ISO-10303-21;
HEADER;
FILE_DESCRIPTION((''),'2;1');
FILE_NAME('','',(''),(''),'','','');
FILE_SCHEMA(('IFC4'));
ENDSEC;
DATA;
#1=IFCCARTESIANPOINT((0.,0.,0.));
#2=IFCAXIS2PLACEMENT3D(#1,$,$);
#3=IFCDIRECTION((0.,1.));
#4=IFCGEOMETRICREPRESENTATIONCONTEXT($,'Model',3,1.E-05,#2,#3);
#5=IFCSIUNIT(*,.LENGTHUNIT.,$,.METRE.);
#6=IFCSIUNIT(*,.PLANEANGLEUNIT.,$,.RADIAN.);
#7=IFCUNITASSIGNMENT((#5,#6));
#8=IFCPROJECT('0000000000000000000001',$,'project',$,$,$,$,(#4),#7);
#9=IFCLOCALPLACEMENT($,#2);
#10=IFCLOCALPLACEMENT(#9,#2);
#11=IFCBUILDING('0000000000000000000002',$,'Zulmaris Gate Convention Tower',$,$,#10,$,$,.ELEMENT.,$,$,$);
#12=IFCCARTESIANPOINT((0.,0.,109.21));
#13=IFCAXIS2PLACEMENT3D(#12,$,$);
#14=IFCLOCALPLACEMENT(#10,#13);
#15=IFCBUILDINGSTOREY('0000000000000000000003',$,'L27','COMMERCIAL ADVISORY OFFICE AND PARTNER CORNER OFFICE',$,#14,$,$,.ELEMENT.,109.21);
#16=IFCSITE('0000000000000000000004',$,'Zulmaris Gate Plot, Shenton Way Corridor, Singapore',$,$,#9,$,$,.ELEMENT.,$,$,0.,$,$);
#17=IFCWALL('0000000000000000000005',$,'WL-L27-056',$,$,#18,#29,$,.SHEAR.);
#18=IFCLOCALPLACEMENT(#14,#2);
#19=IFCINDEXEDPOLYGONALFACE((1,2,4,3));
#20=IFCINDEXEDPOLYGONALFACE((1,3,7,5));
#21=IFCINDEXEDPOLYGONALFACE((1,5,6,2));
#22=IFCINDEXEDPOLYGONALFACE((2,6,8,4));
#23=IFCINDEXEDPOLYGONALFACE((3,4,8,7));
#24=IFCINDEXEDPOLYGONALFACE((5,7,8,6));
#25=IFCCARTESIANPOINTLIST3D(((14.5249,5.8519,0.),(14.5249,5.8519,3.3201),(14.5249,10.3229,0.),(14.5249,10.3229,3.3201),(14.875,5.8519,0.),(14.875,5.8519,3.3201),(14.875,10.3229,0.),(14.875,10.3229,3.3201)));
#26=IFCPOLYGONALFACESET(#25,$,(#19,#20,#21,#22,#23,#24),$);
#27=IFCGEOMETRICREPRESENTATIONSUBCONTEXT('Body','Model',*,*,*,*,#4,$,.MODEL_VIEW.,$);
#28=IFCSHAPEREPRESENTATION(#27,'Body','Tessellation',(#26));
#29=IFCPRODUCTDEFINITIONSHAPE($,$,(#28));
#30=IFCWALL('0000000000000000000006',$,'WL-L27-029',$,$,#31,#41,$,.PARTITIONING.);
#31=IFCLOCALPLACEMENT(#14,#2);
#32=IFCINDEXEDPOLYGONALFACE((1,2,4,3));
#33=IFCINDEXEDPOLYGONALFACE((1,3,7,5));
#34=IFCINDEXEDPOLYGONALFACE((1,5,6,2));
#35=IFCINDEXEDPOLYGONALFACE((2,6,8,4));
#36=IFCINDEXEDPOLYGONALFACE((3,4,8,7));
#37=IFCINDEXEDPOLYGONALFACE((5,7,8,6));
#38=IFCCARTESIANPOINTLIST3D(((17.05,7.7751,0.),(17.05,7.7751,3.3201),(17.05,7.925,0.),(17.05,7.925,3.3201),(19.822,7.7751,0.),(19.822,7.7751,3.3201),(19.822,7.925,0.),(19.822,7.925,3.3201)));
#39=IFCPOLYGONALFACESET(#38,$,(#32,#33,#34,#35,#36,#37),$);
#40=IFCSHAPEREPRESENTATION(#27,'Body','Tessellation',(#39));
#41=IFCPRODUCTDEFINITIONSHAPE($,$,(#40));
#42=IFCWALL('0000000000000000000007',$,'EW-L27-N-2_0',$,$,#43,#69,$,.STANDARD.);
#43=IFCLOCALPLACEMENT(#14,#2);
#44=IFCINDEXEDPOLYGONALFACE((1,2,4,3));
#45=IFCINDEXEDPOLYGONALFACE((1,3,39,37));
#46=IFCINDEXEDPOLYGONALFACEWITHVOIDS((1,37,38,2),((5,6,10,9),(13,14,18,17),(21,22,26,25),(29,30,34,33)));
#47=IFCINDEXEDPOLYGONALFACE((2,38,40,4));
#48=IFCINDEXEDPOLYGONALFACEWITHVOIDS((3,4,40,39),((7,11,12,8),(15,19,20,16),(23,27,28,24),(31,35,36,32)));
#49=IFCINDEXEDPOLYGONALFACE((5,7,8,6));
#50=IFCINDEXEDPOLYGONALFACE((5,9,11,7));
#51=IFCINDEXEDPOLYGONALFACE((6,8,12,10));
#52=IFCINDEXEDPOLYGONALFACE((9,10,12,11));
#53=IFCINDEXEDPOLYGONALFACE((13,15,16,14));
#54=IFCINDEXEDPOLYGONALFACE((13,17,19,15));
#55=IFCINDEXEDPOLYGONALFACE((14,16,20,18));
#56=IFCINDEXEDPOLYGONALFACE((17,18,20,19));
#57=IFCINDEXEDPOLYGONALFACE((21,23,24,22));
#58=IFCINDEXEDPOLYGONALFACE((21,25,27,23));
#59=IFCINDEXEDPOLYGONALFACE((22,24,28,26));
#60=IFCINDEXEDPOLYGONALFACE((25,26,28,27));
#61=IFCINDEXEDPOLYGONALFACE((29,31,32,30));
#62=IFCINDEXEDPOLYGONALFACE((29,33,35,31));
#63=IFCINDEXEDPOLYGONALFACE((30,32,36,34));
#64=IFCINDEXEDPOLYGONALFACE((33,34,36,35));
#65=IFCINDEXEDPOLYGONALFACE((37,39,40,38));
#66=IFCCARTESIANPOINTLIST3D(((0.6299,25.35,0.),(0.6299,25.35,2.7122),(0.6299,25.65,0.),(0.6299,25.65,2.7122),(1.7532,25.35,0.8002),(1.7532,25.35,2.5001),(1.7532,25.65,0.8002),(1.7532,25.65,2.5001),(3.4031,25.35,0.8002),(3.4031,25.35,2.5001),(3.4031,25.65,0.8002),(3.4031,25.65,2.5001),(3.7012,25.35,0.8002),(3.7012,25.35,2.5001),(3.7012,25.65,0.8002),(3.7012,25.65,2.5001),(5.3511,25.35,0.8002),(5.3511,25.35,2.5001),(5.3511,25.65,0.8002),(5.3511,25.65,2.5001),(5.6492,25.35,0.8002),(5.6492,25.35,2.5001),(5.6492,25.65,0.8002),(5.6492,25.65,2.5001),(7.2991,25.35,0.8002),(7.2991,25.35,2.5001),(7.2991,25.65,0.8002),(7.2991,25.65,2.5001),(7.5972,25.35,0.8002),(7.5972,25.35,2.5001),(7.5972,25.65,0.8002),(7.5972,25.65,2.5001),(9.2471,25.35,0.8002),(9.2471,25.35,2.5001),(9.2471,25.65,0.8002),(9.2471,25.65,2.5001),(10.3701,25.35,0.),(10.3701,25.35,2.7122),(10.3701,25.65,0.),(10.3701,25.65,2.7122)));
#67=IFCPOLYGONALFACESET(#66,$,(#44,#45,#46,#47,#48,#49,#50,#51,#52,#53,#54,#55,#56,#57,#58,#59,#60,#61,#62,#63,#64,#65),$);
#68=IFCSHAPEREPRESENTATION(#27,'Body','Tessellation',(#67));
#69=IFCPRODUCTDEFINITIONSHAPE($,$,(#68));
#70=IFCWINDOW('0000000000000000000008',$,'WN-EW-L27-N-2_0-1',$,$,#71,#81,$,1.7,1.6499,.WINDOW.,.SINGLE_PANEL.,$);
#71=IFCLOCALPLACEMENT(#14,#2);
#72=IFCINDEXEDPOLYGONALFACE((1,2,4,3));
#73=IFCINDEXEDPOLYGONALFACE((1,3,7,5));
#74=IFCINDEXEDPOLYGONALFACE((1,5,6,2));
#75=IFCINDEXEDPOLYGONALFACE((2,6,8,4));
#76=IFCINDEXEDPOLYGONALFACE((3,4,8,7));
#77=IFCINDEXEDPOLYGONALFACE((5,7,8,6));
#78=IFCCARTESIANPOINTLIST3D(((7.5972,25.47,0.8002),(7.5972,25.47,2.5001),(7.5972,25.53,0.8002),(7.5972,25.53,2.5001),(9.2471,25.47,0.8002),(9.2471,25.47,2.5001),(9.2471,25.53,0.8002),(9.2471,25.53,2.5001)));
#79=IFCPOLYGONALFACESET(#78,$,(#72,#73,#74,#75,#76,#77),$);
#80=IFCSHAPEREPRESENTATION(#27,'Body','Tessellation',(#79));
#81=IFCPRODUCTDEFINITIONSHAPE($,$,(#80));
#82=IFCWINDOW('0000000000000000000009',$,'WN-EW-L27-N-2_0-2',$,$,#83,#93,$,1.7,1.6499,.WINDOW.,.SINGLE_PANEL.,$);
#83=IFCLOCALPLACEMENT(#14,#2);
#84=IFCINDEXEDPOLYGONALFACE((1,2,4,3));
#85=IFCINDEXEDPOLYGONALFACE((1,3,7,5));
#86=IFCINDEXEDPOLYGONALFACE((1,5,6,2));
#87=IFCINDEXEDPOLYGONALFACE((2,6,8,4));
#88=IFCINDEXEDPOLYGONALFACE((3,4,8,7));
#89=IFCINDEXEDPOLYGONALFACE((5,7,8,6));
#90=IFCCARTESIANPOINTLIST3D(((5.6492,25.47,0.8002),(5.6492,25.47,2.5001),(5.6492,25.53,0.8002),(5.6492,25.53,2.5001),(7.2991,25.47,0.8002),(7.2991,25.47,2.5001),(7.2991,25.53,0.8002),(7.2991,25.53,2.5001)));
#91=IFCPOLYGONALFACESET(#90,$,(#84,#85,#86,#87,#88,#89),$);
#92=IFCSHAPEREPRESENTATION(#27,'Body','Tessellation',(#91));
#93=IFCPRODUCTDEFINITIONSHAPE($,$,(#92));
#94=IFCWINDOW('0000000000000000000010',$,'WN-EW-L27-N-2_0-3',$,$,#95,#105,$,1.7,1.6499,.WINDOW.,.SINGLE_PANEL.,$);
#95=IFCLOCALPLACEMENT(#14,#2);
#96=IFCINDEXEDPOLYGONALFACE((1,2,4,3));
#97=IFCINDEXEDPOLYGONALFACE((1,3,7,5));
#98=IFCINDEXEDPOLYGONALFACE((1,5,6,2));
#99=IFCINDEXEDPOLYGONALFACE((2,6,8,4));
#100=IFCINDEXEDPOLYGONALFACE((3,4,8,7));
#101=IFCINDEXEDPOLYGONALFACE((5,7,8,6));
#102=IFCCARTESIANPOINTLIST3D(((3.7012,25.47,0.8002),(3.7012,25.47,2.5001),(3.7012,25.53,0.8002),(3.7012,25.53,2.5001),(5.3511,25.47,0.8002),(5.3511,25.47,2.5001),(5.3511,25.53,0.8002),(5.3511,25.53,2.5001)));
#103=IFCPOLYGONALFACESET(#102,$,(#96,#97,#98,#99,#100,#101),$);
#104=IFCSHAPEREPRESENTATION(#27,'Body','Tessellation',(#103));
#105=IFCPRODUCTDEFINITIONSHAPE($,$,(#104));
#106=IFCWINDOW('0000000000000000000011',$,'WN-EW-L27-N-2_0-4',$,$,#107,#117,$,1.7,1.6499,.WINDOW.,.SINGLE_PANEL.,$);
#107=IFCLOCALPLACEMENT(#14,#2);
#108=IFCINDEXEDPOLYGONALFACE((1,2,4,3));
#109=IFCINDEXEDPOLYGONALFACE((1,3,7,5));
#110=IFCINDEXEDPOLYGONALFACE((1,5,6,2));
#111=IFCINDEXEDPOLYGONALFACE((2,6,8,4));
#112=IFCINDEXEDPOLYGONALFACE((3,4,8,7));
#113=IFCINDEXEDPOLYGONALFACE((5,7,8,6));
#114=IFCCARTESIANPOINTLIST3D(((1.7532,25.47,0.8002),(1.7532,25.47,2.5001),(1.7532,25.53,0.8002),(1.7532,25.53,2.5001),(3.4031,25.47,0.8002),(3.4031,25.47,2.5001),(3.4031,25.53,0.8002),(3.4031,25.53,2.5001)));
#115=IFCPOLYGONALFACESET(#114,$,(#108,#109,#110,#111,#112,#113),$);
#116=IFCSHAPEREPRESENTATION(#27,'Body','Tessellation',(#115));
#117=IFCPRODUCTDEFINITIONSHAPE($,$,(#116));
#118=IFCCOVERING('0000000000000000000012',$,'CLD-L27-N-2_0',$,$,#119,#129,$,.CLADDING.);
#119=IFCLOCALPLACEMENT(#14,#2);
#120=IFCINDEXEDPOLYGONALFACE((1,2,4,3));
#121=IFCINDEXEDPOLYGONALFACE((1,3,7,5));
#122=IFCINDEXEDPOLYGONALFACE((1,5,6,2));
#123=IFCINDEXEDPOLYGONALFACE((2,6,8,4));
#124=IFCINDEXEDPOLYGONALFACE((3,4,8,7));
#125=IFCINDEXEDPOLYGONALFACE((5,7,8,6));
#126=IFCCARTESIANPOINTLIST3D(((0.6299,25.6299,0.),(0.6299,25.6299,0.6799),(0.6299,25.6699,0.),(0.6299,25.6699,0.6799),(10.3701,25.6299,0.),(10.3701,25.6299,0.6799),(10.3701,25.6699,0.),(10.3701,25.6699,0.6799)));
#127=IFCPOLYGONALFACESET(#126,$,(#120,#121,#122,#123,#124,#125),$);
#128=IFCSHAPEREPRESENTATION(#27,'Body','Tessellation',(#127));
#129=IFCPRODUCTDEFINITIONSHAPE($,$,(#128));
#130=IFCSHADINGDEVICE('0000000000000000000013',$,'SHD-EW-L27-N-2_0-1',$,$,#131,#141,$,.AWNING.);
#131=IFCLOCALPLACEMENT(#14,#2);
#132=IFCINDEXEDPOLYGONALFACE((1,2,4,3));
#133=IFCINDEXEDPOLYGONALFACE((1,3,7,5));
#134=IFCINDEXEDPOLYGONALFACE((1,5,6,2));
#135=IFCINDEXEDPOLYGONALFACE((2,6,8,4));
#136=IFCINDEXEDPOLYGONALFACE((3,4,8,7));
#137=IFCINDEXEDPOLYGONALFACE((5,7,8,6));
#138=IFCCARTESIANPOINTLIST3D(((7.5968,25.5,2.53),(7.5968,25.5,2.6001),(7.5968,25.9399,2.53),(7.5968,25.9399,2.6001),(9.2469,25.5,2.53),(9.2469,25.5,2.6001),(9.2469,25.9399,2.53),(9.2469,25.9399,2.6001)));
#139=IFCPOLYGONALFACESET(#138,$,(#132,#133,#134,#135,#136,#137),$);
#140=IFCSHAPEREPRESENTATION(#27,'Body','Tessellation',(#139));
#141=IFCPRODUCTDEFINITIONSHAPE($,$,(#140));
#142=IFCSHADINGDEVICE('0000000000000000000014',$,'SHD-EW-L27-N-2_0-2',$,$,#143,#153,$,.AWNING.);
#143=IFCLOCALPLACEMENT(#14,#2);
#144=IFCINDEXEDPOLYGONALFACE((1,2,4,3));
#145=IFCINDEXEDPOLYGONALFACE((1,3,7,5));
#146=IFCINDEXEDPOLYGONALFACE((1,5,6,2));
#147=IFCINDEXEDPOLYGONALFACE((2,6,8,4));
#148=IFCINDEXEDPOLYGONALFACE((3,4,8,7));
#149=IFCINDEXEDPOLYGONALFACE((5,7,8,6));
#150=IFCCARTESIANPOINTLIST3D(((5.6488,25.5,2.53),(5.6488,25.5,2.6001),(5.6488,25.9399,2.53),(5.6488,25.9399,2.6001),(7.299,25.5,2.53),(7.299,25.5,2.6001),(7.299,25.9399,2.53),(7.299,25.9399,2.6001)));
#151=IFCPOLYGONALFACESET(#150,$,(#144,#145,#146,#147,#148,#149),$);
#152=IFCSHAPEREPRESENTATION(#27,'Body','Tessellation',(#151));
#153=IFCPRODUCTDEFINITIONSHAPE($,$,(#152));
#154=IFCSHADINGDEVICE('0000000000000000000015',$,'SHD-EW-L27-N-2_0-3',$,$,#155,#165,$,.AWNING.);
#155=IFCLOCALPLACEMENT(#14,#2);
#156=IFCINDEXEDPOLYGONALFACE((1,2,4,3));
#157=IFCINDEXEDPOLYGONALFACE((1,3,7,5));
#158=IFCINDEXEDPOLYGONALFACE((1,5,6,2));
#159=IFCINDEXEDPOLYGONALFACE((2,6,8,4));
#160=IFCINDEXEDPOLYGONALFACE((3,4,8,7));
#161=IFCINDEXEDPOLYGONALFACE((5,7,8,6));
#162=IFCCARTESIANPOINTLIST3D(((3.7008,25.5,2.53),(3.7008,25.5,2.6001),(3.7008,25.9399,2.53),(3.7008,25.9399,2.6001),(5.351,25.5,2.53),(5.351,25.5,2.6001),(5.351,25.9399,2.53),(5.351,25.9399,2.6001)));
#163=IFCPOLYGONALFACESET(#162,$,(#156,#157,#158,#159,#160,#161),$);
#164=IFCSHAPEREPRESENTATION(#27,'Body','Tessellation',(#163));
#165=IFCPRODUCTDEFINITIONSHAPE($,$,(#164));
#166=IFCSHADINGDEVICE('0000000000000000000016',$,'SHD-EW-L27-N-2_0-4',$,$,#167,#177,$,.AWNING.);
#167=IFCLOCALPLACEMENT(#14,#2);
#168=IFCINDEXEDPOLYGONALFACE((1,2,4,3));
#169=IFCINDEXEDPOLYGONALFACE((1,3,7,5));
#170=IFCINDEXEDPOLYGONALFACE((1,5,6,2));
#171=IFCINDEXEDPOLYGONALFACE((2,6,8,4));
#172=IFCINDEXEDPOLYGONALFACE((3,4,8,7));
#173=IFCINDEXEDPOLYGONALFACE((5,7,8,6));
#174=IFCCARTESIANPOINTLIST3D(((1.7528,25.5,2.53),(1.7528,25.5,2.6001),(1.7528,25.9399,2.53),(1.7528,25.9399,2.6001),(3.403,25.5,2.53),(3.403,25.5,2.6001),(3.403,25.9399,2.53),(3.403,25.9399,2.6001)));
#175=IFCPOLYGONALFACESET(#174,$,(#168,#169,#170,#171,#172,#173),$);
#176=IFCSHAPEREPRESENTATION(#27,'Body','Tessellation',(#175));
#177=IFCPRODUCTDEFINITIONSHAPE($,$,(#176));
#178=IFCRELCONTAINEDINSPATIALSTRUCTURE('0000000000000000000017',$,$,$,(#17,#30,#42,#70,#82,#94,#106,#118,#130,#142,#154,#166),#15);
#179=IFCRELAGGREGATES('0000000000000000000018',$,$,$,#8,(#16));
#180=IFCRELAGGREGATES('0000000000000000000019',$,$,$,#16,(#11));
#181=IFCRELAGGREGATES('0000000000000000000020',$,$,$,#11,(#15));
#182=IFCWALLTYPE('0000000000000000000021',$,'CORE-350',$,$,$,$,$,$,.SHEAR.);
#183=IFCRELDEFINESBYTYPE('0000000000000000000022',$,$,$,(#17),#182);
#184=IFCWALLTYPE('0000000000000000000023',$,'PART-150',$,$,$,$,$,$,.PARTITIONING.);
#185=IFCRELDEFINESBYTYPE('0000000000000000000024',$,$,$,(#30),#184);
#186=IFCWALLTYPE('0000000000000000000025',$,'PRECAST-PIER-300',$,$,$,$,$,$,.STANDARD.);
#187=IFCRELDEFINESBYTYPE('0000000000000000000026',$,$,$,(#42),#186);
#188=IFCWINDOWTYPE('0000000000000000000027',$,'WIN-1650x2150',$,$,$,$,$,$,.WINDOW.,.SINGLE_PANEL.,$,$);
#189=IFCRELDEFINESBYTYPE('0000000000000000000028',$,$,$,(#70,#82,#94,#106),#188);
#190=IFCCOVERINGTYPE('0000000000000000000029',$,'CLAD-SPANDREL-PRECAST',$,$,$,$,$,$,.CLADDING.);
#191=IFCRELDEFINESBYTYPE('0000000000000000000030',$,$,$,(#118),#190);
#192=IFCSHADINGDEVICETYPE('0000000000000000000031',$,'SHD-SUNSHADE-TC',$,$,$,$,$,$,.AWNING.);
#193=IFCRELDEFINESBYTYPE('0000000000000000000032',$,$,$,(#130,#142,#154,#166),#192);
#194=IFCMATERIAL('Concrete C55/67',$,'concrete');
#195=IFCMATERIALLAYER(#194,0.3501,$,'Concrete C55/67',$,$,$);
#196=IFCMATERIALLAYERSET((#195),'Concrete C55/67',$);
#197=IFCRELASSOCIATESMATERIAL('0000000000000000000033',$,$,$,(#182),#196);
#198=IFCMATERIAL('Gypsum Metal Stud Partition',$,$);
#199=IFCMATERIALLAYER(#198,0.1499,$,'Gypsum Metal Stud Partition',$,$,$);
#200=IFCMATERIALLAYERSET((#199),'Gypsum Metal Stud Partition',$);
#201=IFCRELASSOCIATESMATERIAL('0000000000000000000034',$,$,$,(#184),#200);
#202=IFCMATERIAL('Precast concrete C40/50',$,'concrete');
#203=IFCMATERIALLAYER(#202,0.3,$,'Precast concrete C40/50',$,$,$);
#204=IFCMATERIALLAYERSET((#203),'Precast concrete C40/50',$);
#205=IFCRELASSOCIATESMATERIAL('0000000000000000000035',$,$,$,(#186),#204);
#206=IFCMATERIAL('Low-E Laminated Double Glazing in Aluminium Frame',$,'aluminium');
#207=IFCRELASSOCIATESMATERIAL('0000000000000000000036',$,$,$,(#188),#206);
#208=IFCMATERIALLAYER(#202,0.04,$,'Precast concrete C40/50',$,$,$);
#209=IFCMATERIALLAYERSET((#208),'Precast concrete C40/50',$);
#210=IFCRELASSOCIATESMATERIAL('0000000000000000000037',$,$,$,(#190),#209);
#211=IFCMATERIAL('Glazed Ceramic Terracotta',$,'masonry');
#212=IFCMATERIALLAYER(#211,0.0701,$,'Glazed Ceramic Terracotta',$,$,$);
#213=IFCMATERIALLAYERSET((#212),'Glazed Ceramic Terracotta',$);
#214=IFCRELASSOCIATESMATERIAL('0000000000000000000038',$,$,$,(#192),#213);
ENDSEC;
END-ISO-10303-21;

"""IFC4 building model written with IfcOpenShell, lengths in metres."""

from ifc_helpers import new_model, si_unit, direction, frame, frame_2d, origin, place, context, subcontext, project, spatial, rectangle, extrude, material, layer, layer_set, type_object, element, fill, save


model = new_model("IFC4")

# Units and contexts
model_context = context("Model", 3, precision=1e-05, world=origin(), true_north=direction((0.0, 1.0)))
body_context = subcontext(model_context, "Body", "Model", "MODEL_VIEW")
ifc_project = project(units=[si_unit("LENGTHUNIT", "METRE"), si_unit("PLANEANGLEUNIT", "RADIAN")], contexts=[model_context])

# Site, building, storey
site_placement = place(None, origin())
site = spatial("IfcSite", under=ifc_project, at=site_placement, Name="Zulmaris Gate Plot, Shenton Way Corridor, Singapore", CompositionType="ELEMENT", RefElevation=0.0)
building_placement = place(site_placement, origin())
building = spatial("IfcBuilding", under=site, at=building_placement, Name="Zulmaris Gate Convention Tower", CompositionType="ELEMENT")
storey_placement = place(building_placement, frame((0.0, 0.0, 109.21)))
storey = spatial("IfcBuildingStorey", under=building, at=storey_placement, Name="L27", Description="COMMERCIAL ADVISORY OFFICE AND PARTNER CORNER OFFICE", CompositionType="ELEMENT", Elevation=109.21)

# Shared definitions
ifc_material_1 = material(Name="Concrete C55/67", Category="concrete")
ifc_layer_1 = layer(ifc_material_1, 0.3501, Name="Concrete C55/67")
ifc_layer_set_1 = layer_set([ifc_layer_1], Name="Concrete C55/67")
wall_type_1 = type_object("IfcWallType", Name="CORE-350", PredefinedType="SHEAR", material=ifc_layer_set_1)

# Walls
wall_1_placement = place(storey_placement, frame((14.7, 5.8521, 0.0), z_axis=(0.0, 0.0, 1.0), x_axis=(0.0, 1.0, 0.0)))
element("IfcWall", 1, at=wall_1_placement, inside=storey, type_object=wall_type_1, Name="WL-L27-056", PredefinedType="SHEAR", context=body_context, shape_type="SweptSolid", body=[
    extrude(rectangle(XDim=4.4709, YDim=0.3501, at=frame_2d((2.2354, 0.0))), origin(), (0.0, 0.0, 1.0), 3.3201),
])
ifc_material_2 = material(Name="Gypsum Metal Stud Partition")
ifc_layer_2 = layer(ifc_material_2, 0.1499, Name="Gypsum Metal Stud Partition")
ifc_layer_set_2 = layer_set([ifc_layer_2], Name="Gypsum Metal Stud Partition")
wall_type_2 = type_object("IfcWallType", Name="PART-150", PredefinedType="PARTITIONING", material=ifc_layer_set_2)
wall_2_placement = place(storey_placement, frame((17.05, 7.8501, 0.0), z_axis=(0.0, 0.0, 1.0), x_axis=(1.0, 0.0, 0.0)))
element("IfcWall", 2, at=wall_2_placement, inside=storey, type_object=wall_type_2, Name="WL-L27-029", PredefinedType="PARTITIONING", context=body_context, shape_type="SweptSolid", body=[
    extrude(rectangle(XDim=2.772, YDim=0.1499, at=frame_2d((1.386, 0.0))), origin(), (0.0, 0.0, 1.0), 3.3201),
])

# Wall, openings, windows
ifc_material_3 = material(Name="Precast concrete C40/50", Category="concrete")
ifc_layer_3 = layer(ifc_material_3, 0.3, Name="Precast concrete C40/50")
ifc_layer_set_3 = layer_set([ifc_layer_3], Name="Precast concrete C40/50")
wall_type_3 = type_object("IfcWallType", Name="PRECAST-PIER-300", PredefinedType="STANDARD", material=ifc_layer_set_3)
wall_3_placement = place(storey_placement, frame((10.3701, 25.5, 0.0), z_axis=(0.0, 0.0, 1.0), x_axis=(-1.0, 0.0, 0.0)))
wall_3 = element("IfcWall", 3, at=wall_3_placement, inside=storey, type_object=wall_type_3, Name="EW-L27-N-2_0", PredefinedType="STANDARD", context=body_context, shape_type="SweptSolid", body=[
    extrude(rectangle(XDim=9.7402, YDim=0.3, at=frame_2d((4.8701, 0.0))), origin(), (0.0, 0.0, 1.0), 2.7122),
])
opening_1_placement = place(wall_3_placement, frame((1.123, 0.0, 0.8)))
opening_1 = element("IfcOpeningElement", 4, at=opening_1_placement, cuts=wall_3, PredefinedType="OPENING", context=body_context, shape_type="SweptSolid", body=[
    extrude(rectangle(XDim=1.6499, YDim=1.7, at=frame_2d((0.825, 0.8501))), frame((0.0, 0.1602, 0.0), z_axis=(0.0, -1.0, 0.0), x_axis=(1.0, 0.0, 0.0)), (0.0, 0.0, 1.0), 0.3201),
])
opening_2_placement = place(wall_3_placement, frame((3.071, 0.0, 0.8)))
opening_2 = element("IfcOpeningElement", 5, at=opening_2_placement, cuts=wall_3, PredefinedType="OPENING", context=body_context, shape_type="SweptSolid", body=[
    extrude(rectangle(XDim=1.6499, YDim=1.7, at=frame_2d((0.825, 0.8501))), frame((0.0, 0.1602, 0.0), z_axis=(0.0, -1.0, 0.0), x_axis=(1.0, 0.0, 0.0)), (0.0, 0.0, 1.0), 0.3201),
])
opening_3_placement = place(wall_3_placement, frame((5.019, 0.0, 0.8)))
opening_3 = element("IfcOpeningElement", 6, at=opening_3_placement, cuts=wall_3, PredefinedType="OPENING", context=body_context, shape_type="SweptSolid", body=[
    extrude(rectangle(XDim=1.6499, YDim=1.7, at=frame_2d((0.825, 0.8501))), frame((0.0, 0.1602, 0.0), z_axis=(0.0, -1.0, 0.0), x_axis=(1.0, 0.0, 0.0)), (0.0, 0.0, 1.0), 0.3201),
])
opening_4_placement = place(wall_3_placement, frame((6.967, 0.0, 0.8)))
opening_4 = element("IfcOpeningElement", 7, at=opening_4_placement, cuts=wall_3, PredefinedType="OPENING", context=body_context, shape_type="SweptSolid", body=[
    extrude(rectangle(XDim=1.6499, YDim=1.7, at=frame_2d((0.825, 0.8501))), frame((0.0, 0.1602, 0.0), z_axis=(0.0, -1.0, 0.0), x_axis=(1.0, 0.0, 0.0)), (0.0, 0.0, 1.0), 0.3201),
])
ifc_material_4 = material(Name="Low-E Laminated Double Glazing in Aluminium Frame", Category="aluminium")
window_type = type_object("IfcWindowType", Name="WIN-1650x2150", PartitioningType="SINGLE_PANEL", PredefinedType="WINDOW", material=ifc_material_4)
window_1_placement = place(opening_1_placement, origin())
window_1 = element("IfcWindow", 8, at=window_1_placement, inside=storey, type_object=window_type, Name="WN-EW-L27-N-2_0-1", OverallHeight=1.7, OverallWidth=1.6499, PartitioningType="SINGLE_PANEL", PredefinedType="WINDOW", context=body_context, shape_type="SweptSolid", body=[
    extrude(rectangle(XDim=1.6499, YDim=1.7, at=frame_2d((0.825, 0.8501))), frame((0.0, 0.03, 0.0), z_axis=(0.0, -1.0, 0.0), x_axis=(1.0, 0.0, 0.0)), (0.0, 0.0, 1.0), 0.0601),
])
fill(opening_1, window_1)
window_2_placement = place(opening_2_placement, origin())
window_2 = element("IfcWindow", 9, at=window_2_placement, inside=storey, type_object=window_type, Name="WN-EW-L27-N-2_0-2", OverallHeight=1.7, OverallWidth=1.6499, PartitioningType="SINGLE_PANEL", PredefinedType="WINDOW", context=body_context, shape_type="SweptSolid", body=[
    extrude(rectangle(XDim=1.6499, YDim=1.7, at=frame_2d((0.825, 0.8501))), frame((0.0, 0.03, 0.0), z_axis=(0.0, -1.0, 0.0), x_axis=(1.0, 0.0, 0.0)), (0.0, 0.0, 1.0), 0.0601),
])
fill(opening_2, window_2)
window_3_placement = place(opening_3_placement, origin())
window_3 = element("IfcWindow", 10, at=window_3_placement, inside=storey, type_object=window_type, Name="WN-EW-L27-N-2_0-3", OverallHeight=1.7, OverallWidth=1.6499, PartitioningType="SINGLE_PANEL", PredefinedType="WINDOW", context=body_context, shape_type="SweptSolid", body=[
    extrude(rectangle(XDim=1.6499, YDim=1.7, at=frame_2d((0.825, 0.8501))), frame((0.0, 0.03, 0.0), z_axis=(0.0, -1.0, 0.0), x_axis=(1.0, 0.0, 0.0)), (0.0, 0.0, 1.0), 0.0601),
])
fill(opening_3, window_3)
window_4_placement = place(opening_4_placement, origin())
window_4 = element("IfcWindow", 11, at=window_4_placement, inside=storey, type_object=window_type, Name="WN-EW-L27-N-2_0-4", OverallHeight=1.7, OverallWidth=1.6499, PartitioningType="SINGLE_PANEL", PredefinedType="WINDOW", context=body_context, shape_type="SweptSolid", body=[
    extrude(rectangle(XDim=1.6499, YDim=1.7, at=frame_2d((0.825, 0.8501))), frame((0.0, 0.03, 0.0), z_axis=(0.0, -1.0, 0.0), x_axis=(1.0, 0.0, 0.0)), (0.0, 0.0, 1.0), 0.0601),
])
fill(opening_4, window_4)

# Covering
ifc_layer_4 = layer(ifc_material_3, 0.04, Name="Precast concrete C40/50")
ifc_layer_set_4 = layer_set([ifc_layer_4], Name="Precast concrete C40/50")
covering_type = type_object("IfcCoveringType", Name="CLAD-SPANDREL-PRECAST", PredefinedType="CLADDING", material=ifc_layer_set_4)
covering_placement = place(storey_placement, frame((10.3701, 25.6499, 0.0), z_axis=(0.0, 0.0, 1.0), x_axis=(-1.0, 0.0, 0.0)))
element("IfcCovering", 12, at=covering_placement, inside=storey, type_object=covering_type, Name="CLD-L27-N-2_0", PredefinedType="CLADDING", context=body_context, shape_type="SweptSolid", body=[
    extrude(rectangle(XDim=9.7402, YDim=0.04, at=frame_2d((4.8701, 0.0))), origin(), (0.0, 0.0, 1.0), 0.6799),
])

# Shading devices
ifc_material_5 = material(Name="Glazed Ceramic Terracotta", Category="masonry")
ifc_layer_5 = layer(ifc_material_5, 0.0701, Name="Glazed Ceramic Terracotta")
ifc_layer_set_5 = layer_set([ifc_layer_5], Name="Glazed Ceramic Terracotta")
shading_device_type = type_object("IfcShadingDeviceType", Name="SHD-SUNSHADE-TC", PredefinedType="AWNING", material=ifc_layer_set_5)
for number, where, z_axis, x_axis, name in (
    (13, (9.2471, 25.72, 2.53), (0.0, 0.0, 1.0), (-1.0, 0.0, 0.0), "SHD-EW-L27-N-2_0-1"),
    (14, (7.2991, 25.72, 2.53), (0.0, 0.0, 1.0), (-1.0, 0.0, 0.0), "SHD-EW-L27-N-2_0-2"),
    (15, (5.3511, 25.72, 2.53), (0.0, 0.0, 1.0), (-1.0, 0.0, 0.0), "SHD-EW-L27-N-2_0-3"),
    (16, (3.4031, 25.72, 2.53), (0.0, 0.0, 1.0), (-1.0, 0.0, 0.0), "SHD-EW-L27-N-2_0-4"),
):
    element("IfcShadingDevice", number, at=place(storey_placement, frame(where, z_axis=z_axis, x_axis=x_axis)), inside=storey, type_object=shading_device_type, Name=name, PredefinedType="AWNING", context=body_context, shape_type="SweptSolid", body=[
        extrude(rectangle(XDim=1.6501, YDim=0.4399, at=frame_2d((0.8252, 0.0))), origin(), (0.0, 0.0, 1.0), 0.0701),
    ])

save(model, "model.ifc")
